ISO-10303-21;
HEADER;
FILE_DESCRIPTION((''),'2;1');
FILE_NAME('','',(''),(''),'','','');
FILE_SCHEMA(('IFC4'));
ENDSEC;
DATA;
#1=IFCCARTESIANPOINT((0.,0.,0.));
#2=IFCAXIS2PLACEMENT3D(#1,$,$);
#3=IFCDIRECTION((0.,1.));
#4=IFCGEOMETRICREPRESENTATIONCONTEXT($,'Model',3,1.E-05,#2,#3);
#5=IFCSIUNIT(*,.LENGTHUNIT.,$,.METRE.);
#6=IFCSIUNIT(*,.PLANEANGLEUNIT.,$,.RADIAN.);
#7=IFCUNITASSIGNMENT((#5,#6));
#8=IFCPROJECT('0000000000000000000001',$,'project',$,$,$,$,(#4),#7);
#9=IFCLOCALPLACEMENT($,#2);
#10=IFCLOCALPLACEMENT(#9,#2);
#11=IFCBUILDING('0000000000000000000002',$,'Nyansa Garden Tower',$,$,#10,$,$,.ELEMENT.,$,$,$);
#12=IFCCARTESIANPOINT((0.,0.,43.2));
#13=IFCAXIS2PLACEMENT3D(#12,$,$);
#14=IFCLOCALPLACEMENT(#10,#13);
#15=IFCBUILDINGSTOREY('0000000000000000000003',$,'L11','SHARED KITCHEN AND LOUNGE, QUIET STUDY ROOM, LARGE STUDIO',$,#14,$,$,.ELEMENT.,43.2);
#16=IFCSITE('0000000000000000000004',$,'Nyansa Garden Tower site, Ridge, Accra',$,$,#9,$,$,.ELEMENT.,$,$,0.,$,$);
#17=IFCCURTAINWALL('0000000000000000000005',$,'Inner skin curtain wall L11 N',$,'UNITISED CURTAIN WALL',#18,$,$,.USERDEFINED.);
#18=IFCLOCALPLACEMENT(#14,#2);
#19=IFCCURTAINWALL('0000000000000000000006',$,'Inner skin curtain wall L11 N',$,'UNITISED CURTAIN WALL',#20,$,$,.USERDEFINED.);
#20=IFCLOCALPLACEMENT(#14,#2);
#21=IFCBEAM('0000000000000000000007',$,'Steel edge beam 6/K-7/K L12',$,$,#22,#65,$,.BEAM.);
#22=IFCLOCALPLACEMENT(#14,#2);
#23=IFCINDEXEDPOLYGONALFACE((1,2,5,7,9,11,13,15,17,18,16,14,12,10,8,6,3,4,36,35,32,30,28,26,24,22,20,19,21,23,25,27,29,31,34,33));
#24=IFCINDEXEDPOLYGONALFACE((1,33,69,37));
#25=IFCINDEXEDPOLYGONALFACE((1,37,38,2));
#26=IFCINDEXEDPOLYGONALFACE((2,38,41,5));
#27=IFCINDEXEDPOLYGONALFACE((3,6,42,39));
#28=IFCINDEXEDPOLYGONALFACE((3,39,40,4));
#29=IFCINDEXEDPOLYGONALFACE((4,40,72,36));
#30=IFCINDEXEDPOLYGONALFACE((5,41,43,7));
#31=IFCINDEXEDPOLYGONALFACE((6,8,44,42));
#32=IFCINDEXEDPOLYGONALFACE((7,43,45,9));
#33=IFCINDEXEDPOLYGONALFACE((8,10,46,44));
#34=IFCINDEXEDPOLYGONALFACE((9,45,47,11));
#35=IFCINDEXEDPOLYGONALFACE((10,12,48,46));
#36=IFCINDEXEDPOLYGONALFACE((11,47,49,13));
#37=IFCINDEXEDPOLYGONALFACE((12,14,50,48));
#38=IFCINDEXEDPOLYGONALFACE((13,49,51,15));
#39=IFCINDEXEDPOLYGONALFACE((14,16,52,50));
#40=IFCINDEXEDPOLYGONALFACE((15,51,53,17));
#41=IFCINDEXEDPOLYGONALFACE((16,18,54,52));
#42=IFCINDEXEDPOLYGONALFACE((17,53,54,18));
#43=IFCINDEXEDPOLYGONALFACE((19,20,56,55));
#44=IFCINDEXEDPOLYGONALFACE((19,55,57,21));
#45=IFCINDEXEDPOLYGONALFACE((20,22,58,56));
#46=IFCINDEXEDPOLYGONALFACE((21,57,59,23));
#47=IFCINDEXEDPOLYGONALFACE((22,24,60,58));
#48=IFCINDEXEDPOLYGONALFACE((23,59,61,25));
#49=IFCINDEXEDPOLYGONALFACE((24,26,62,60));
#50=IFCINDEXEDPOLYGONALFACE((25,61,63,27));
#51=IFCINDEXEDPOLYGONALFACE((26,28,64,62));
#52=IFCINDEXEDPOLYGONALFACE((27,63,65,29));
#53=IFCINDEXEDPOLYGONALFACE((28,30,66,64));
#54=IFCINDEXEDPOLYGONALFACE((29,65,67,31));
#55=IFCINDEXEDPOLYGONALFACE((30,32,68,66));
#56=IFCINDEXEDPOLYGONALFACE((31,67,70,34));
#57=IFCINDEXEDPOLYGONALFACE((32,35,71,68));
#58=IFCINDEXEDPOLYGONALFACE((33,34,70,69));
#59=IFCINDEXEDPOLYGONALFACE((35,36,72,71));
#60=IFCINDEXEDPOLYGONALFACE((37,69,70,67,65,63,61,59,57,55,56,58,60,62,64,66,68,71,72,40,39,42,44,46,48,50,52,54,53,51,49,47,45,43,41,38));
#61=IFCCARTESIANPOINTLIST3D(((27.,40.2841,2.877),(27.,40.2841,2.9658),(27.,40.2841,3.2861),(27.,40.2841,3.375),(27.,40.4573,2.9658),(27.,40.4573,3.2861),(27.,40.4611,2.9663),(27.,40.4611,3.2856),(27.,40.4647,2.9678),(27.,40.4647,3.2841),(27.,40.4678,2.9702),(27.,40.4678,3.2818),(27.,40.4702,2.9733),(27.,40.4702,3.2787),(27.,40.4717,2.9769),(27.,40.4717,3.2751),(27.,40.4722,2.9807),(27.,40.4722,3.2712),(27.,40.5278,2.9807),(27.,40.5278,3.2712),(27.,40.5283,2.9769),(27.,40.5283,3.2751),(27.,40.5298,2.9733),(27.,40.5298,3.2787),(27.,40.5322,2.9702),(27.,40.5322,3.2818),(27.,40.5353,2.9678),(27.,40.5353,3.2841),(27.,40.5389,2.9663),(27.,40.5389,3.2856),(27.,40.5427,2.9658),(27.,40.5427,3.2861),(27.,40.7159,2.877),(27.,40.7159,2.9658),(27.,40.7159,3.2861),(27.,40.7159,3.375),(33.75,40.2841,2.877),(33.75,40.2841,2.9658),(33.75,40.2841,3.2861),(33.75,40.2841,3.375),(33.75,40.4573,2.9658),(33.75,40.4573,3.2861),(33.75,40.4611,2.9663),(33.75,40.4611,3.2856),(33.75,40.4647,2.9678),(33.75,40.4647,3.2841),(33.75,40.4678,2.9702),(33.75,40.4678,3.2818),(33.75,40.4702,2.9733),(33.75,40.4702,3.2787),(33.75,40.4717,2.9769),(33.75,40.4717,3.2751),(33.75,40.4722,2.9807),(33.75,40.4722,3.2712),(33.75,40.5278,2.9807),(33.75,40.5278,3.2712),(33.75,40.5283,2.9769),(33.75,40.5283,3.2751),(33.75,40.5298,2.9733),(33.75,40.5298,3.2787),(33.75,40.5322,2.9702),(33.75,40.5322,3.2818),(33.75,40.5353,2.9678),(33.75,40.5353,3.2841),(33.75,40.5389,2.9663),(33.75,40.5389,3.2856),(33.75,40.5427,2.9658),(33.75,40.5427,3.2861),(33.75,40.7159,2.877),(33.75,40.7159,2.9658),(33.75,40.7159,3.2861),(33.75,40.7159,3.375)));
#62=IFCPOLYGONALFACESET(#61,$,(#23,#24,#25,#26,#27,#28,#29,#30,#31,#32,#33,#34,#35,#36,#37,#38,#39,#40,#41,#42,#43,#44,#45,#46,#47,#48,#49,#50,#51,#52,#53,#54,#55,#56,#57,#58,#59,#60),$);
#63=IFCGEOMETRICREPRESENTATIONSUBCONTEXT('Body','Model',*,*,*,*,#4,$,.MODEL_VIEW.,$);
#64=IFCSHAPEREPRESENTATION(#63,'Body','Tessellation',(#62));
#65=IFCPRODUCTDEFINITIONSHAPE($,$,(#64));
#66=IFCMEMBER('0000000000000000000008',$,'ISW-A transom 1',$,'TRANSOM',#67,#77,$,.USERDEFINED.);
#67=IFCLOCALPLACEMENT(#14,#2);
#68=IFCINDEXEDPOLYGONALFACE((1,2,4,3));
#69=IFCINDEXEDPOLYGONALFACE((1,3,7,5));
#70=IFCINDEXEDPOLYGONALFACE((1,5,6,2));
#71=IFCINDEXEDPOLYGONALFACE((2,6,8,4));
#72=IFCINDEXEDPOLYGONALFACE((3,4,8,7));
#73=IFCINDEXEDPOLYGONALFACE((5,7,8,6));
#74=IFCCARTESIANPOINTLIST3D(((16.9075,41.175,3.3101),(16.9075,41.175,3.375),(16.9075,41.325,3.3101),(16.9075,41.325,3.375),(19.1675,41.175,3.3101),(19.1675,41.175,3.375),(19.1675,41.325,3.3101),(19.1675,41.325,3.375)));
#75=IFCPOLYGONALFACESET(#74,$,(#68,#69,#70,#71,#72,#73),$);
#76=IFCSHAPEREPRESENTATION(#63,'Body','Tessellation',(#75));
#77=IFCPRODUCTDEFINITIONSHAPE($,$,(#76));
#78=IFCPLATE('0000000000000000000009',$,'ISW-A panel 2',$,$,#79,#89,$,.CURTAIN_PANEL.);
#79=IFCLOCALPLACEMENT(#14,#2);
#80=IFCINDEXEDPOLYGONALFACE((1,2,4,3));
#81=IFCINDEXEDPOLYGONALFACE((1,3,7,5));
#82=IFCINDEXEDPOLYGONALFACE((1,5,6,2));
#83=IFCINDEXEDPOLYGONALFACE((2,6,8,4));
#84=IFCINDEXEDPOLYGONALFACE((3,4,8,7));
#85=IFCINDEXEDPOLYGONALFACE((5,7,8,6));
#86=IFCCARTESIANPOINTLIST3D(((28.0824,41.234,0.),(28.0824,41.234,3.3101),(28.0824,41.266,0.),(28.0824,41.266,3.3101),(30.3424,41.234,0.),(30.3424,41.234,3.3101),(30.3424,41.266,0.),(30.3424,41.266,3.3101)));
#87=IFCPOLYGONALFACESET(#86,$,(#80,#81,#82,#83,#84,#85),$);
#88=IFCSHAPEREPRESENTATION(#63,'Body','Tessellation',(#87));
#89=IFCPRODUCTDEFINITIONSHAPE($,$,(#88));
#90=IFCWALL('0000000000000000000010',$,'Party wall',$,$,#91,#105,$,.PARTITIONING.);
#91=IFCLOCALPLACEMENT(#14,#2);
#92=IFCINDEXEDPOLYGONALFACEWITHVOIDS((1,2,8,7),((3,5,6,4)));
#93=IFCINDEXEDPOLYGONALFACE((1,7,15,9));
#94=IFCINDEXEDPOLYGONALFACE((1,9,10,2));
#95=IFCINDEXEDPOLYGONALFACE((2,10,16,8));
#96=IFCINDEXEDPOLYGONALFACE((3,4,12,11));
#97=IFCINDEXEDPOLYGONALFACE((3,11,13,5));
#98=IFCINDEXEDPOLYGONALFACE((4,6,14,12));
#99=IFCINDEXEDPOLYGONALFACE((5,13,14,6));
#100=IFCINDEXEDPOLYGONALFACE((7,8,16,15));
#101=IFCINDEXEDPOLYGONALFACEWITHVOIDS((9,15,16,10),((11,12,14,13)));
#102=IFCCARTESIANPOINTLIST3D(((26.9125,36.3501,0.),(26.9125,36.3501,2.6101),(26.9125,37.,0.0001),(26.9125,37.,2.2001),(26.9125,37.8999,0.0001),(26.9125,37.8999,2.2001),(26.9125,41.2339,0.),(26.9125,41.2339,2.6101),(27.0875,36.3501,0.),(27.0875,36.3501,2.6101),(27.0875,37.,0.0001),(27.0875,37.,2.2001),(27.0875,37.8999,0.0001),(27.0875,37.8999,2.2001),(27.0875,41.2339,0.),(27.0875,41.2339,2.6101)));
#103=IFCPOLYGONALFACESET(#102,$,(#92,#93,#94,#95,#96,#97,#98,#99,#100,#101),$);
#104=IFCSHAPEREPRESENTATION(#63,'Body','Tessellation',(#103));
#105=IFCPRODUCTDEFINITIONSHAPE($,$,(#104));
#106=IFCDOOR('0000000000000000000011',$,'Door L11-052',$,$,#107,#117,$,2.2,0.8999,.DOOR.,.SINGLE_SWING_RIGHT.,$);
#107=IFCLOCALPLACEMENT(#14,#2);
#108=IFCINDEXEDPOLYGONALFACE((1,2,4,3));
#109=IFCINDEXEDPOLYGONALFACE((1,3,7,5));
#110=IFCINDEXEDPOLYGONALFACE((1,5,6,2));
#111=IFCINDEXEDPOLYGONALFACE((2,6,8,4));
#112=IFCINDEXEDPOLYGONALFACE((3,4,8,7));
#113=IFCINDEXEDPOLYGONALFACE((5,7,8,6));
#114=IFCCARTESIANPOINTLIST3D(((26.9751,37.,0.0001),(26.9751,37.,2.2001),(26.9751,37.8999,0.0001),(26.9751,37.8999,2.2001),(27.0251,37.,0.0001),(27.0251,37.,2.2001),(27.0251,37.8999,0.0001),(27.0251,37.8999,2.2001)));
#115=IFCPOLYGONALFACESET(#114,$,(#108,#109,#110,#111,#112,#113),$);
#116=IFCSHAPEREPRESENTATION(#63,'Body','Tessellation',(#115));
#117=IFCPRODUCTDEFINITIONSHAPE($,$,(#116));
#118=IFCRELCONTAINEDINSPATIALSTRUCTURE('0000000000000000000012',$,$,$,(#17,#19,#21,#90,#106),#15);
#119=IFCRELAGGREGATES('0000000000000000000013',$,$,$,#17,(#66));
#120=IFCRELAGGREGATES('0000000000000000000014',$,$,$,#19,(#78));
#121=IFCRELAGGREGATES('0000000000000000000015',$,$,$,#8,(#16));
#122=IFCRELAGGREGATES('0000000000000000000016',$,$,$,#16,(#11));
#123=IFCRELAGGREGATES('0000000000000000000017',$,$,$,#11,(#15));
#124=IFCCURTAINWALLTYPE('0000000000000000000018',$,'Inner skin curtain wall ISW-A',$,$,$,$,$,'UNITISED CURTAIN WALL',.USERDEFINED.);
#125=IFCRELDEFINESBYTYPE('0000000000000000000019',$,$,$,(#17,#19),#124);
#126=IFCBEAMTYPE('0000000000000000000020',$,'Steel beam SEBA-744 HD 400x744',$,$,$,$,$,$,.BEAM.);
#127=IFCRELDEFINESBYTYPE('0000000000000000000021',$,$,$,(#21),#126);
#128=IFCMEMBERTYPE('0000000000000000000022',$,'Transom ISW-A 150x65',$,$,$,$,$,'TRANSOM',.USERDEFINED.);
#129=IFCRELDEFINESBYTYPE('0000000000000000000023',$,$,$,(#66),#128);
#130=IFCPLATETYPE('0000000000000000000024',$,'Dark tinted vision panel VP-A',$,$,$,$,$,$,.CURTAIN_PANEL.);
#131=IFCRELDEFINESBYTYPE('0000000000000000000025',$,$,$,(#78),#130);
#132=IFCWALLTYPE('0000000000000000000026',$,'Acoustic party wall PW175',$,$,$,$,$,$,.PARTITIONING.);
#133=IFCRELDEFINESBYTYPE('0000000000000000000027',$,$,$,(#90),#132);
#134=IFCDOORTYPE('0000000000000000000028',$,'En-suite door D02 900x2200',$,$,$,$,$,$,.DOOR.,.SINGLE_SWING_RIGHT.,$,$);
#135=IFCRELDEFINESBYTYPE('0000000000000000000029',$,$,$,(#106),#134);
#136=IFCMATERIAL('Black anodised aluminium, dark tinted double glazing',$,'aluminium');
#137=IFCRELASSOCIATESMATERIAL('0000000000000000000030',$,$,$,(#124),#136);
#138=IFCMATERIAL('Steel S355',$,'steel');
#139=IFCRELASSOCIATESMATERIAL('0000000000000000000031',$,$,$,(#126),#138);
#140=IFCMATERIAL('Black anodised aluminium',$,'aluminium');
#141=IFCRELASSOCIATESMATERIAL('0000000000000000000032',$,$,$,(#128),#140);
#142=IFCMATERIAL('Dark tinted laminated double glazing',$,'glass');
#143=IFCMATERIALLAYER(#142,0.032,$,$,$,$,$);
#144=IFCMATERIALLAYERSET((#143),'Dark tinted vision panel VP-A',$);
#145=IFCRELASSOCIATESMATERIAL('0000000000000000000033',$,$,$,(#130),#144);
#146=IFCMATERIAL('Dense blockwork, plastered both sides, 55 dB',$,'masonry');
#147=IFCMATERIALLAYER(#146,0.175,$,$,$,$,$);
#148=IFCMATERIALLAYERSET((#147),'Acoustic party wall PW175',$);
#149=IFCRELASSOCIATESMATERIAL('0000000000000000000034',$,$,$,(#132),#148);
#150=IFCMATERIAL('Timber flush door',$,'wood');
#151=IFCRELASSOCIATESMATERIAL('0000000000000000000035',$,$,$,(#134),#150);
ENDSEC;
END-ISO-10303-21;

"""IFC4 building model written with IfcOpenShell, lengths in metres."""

from ifc_helpers import new_model, si_unit, direction, frame, frame_2d, origin, origin_2d, place, context, subcontext, project, spatial, rectangle, i_section, extrude, material, layer, layer_set, material_profile, profile_set, type_object, element, fill, aggregate, save


model = new_model("IFC4")

# Units and contexts
model_context = context("Model", 3, precision=1e-05, world=origin(), true_north=direction((0.0, 1.0)))
body_context = subcontext(model_context, "Body", "Model", "MODEL_VIEW")
ifc_project = project(units=[si_unit("LENGTHUNIT", "METRE"), si_unit("PLANEANGLEUNIT", "RADIAN")], contexts=[model_context])

# Site, building, storey
site_placement = place(None, origin())
site = spatial("IfcSite", under=ifc_project, at=site_placement, Name="Nyansa Garden Tower site, Ridge, Accra", CompositionType="ELEMENT", RefElevation=0.0)
building_placement = place(site_placement, origin())
building = spatial("IfcBuilding", under=site, at=building_placement, Name="Nyansa Garden Tower", CompositionType="ELEMENT")
storey_placement = place(building_placement, frame((0.0, 0.0, 43.2)))
storey = spatial("IfcBuildingStorey", under=building, at=storey_placement, Name="L11", Description="SHARED KITCHEN AND LOUNGE, QUIET STUDY ROOM, LARGE STUDIO", CompositionType="ELEMENT", Elevation=43.2)

# Curtain walls
ifc_material_1 = material(Name="Black anodised aluminium, dark tinted double glazing", Category="aluminium")
curtain_wall_type = type_object("IfcCurtainWallType", Name="Inner skin curtain wall ISW-A", ElementType="UNITISED CURTAIN WALL", PredefinedType="USERDEFINED", material=ifc_material_1)
curtain_wall_1_placement = place(storey_placement, origin())
curtain_wall_1 = element("IfcCurtainWall", 1, at=curtain_wall_1_placement, inside=storey, type_object=curtain_wall_type, Name="Inner skin curtain wall L11 N", ObjectType="UNITISED CURTAIN WALL", PredefinedType="USERDEFINED")
curtain_wall_2_placement = place(storey_placement, origin())
curtain_wall_2 = element("IfcCurtainWall", 2, at=curtain_wall_2_placement, inside=storey, type_object=curtain_wall_type, Name="Inner skin curtain wall L11 N", ObjectType="UNITISED CURTAIN WALL", PredefinedType="USERDEFINED")

# Beam
ifc_material_2 = material(Name="Steel S355", Category="steel")
ifc_material_profile_1 = material_profile(ifc_material_2, i_section(OverallWidth=0.4319, OverallDepth=0.498, WebThickness=0.0557, FlangeThickness=0.0889, FilletRadius=0.0149, at=origin_2d()), Name="HD 400x744")
ifc_profile_set_1 = profile_set([ifc_material_profile_1], Name="Steel S355")
beam_type_1 = type_object("IfcBeamType", Name="Steel beam SEBA-744 HD 400x744", PredefinedType="BEAM", material=ifc_profile_set_1)
for number, where, z_axis, x_axis, name in (
    (3, (27.0, 40.5, 3.126), (1.0, 0.0, 0.0), (0.0, 1.0, 0.0), "Steel edge beam 6/K-7/K L12"),
):
    element("IfcBeam", number, at=place(storey_placement, frame(where, z_axis=z_axis, x_axis=x_axis)), inside=storey, type_object=beam_type_1, Name=name, PredefinedType="BEAM", context=body_context, shape_type="SweptSolid", body=[
        extrude(i_section(OverallWidth=0.4319, OverallDepth=0.498, WebThickness=0.0557, FlangeThickness=0.0889, FilletRadius=0.0149, at=origin_2d()), origin(), (0.0, 0.0, 1.0), 6.75),
    ])

# Member
ifc_material_3 = material(Name="Black anodised aluminium", Category="aluminium")
ifc_material_profile_2 = material_profile(ifc_material_3, rectangle(XDim=0.1499, YDim=0.0649, at=origin_2d()), Name="Transom 150x65")
ifc_profile_set_2 = profile_set([ifc_material_profile_2], Name="Black anodised aluminium")
member_type_1 = type_object("IfcMemberType", Name="Transom ISW-A 150x65", ElementType="TRANSOM", PredefinedType="USERDEFINED", material=ifc_profile_set_2)
member_1_placement = place(storey_placement, frame((19.1675, 41.25, 3.3425), z_axis=(-1.0, 0.0, 0.0), x_axis=(0.0, -1.0, 0.0)))
member_1 = element("IfcMember", 4, at=member_1_placement, type_object=member_type_1, Name="ISW-A transom 1", ObjectType="TRANSOM", PredefinedType="USERDEFINED", context=body_context, shape_type="SweptSolid", body=[
    extrude(rectangle(XDim=0.1499, YDim=0.0649, at=origin_2d()), origin(), (0.0, 0.0, 1.0), 2.26),
])
aggregate(curtain_wall_1, [member_1])

# Plate
ifc_material_4 = material(Name="Dark tinted laminated double glazing", Category="glass")
ifc_layer_1 = layer(ifc_material_4, 0.032)
ifc_layer_set_1 = layer_set([ifc_layer_1], Name="Dark tinted vision panel VP-A")
plate_type = type_object("IfcPlateType", Name="Dark tinted vision panel VP-A", PredefinedType="CURTAIN_PANEL", material=ifc_layer_set_1)
plate_placement = place(storey_placement, frame((29.2124, 41.25, 0.0), z_axis=(0.0, 0.0, 1.0), x_axis=(-1.0, 0.0, 0.0)))
plate = element("IfcPlate", 5, at=plate_placement, type_object=plate_type, Name="ISW-A panel 2", PredefinedType="CURTAIN_PANEL", context=body_context, shape_type="SweptSolid", body=[
    extrude(rectangle(XDim=2.26, YDim=0.032, at=origin_2d()), origin(), (0.0, 0.0, 1.0), 3.3101),
])
aggregate(curtain_wall_2, [plate])

# Wall, opening, door
ifc_material_5 = material(Name="Dense blockwork, plastered both sides, 55 dB", Category="masonry")
ifc_layer_2 = layer(ifc_material_5, 0.175)
ifc_layer_set_2 = layer_set([ifc_layer_2], Name="Acoustic party wall PW175")
wall_type_1 = type_object("IfcWallType", Name="Acoustic party wall PW175", PredefinedType="PARTITIONING", material=ifc_layer_set_2)
wall_1_placement = place(storey_placement, frame((27.0, 36.3501, 0.0), z_axis=(0.0, 0.0, 1.0), x_axis=(0.0, 1.0, 0.0)))
wall_1 = element("IfcWall", 6, at=wall_1_placement, inside=storey, type_object=wall_type_1, Name="Party wall", PredefinedType="PARTITIONING", context=body_context, shape_type="SweptSolid", body=[
    extrude(rectangle(XDim=4.8838, YDim=0.175, at=frame_2d((2.4419, 0.0))), origin(), (0.0, 0.0, 1.0), 2.6101),
])
opening_1_placement = place(wall_1_placement, frame((0.6499, 0.0, 0.0)))
opening_1 = element("IfcOpeningElement", 7, at=opening_1_placement, cuts=wall_1, PredefinedType="OPENING", context=body_context, shape_type="SweptSolid", body=[
    extrude(rectangle(XDim=0.8999, YDim=2.2, at=frame_2d((0.45, 1.1001))), frame((0.0, 0.0974, 0.0), z_axis=(0.0, -1.0, 0.0), x_axis=(1.0, 0.0, 0.0)), (0.0, 0.0, 1.0), 0.1951),
])
ifc_material_6 = material(Name="Timber flush door", Category="wood")
door_type_1 = type_object("IfcDoorType", Name="En-suite door D02 900x2200", OperationType="SINGLE_SWING_RIGHT", PredefinedType="DOOR", material=ifc_material_6)
door_1_placement = place(opening_1_placement, origin())
door_1 = element("IfcDoor", 8, at=door_1_placement, inside=storey, type_object=door_type_1, Name="Door L11-052", OperationType="SINGLE_SWING_RIGHT", OverallHeight=2.2, OverallWidth=0.8999, PredefinedType="DOOR", context=body_context, shape_type="SweptSolid", body=[
    extrude(rectangle(XDim=0.8999, YDim=2.2, at=frame_2d((0.45, 1.1001))), frame((0.0, 0.0249, 0.0), z_axis=(0.0, -1.0, 0.0), x_axis=(1.0, 0.0, 0.0)), (0.0, 0.0, 1.0), 0.05),
])
fill(opening_1, door_1)

save(model, "model.ifc")
